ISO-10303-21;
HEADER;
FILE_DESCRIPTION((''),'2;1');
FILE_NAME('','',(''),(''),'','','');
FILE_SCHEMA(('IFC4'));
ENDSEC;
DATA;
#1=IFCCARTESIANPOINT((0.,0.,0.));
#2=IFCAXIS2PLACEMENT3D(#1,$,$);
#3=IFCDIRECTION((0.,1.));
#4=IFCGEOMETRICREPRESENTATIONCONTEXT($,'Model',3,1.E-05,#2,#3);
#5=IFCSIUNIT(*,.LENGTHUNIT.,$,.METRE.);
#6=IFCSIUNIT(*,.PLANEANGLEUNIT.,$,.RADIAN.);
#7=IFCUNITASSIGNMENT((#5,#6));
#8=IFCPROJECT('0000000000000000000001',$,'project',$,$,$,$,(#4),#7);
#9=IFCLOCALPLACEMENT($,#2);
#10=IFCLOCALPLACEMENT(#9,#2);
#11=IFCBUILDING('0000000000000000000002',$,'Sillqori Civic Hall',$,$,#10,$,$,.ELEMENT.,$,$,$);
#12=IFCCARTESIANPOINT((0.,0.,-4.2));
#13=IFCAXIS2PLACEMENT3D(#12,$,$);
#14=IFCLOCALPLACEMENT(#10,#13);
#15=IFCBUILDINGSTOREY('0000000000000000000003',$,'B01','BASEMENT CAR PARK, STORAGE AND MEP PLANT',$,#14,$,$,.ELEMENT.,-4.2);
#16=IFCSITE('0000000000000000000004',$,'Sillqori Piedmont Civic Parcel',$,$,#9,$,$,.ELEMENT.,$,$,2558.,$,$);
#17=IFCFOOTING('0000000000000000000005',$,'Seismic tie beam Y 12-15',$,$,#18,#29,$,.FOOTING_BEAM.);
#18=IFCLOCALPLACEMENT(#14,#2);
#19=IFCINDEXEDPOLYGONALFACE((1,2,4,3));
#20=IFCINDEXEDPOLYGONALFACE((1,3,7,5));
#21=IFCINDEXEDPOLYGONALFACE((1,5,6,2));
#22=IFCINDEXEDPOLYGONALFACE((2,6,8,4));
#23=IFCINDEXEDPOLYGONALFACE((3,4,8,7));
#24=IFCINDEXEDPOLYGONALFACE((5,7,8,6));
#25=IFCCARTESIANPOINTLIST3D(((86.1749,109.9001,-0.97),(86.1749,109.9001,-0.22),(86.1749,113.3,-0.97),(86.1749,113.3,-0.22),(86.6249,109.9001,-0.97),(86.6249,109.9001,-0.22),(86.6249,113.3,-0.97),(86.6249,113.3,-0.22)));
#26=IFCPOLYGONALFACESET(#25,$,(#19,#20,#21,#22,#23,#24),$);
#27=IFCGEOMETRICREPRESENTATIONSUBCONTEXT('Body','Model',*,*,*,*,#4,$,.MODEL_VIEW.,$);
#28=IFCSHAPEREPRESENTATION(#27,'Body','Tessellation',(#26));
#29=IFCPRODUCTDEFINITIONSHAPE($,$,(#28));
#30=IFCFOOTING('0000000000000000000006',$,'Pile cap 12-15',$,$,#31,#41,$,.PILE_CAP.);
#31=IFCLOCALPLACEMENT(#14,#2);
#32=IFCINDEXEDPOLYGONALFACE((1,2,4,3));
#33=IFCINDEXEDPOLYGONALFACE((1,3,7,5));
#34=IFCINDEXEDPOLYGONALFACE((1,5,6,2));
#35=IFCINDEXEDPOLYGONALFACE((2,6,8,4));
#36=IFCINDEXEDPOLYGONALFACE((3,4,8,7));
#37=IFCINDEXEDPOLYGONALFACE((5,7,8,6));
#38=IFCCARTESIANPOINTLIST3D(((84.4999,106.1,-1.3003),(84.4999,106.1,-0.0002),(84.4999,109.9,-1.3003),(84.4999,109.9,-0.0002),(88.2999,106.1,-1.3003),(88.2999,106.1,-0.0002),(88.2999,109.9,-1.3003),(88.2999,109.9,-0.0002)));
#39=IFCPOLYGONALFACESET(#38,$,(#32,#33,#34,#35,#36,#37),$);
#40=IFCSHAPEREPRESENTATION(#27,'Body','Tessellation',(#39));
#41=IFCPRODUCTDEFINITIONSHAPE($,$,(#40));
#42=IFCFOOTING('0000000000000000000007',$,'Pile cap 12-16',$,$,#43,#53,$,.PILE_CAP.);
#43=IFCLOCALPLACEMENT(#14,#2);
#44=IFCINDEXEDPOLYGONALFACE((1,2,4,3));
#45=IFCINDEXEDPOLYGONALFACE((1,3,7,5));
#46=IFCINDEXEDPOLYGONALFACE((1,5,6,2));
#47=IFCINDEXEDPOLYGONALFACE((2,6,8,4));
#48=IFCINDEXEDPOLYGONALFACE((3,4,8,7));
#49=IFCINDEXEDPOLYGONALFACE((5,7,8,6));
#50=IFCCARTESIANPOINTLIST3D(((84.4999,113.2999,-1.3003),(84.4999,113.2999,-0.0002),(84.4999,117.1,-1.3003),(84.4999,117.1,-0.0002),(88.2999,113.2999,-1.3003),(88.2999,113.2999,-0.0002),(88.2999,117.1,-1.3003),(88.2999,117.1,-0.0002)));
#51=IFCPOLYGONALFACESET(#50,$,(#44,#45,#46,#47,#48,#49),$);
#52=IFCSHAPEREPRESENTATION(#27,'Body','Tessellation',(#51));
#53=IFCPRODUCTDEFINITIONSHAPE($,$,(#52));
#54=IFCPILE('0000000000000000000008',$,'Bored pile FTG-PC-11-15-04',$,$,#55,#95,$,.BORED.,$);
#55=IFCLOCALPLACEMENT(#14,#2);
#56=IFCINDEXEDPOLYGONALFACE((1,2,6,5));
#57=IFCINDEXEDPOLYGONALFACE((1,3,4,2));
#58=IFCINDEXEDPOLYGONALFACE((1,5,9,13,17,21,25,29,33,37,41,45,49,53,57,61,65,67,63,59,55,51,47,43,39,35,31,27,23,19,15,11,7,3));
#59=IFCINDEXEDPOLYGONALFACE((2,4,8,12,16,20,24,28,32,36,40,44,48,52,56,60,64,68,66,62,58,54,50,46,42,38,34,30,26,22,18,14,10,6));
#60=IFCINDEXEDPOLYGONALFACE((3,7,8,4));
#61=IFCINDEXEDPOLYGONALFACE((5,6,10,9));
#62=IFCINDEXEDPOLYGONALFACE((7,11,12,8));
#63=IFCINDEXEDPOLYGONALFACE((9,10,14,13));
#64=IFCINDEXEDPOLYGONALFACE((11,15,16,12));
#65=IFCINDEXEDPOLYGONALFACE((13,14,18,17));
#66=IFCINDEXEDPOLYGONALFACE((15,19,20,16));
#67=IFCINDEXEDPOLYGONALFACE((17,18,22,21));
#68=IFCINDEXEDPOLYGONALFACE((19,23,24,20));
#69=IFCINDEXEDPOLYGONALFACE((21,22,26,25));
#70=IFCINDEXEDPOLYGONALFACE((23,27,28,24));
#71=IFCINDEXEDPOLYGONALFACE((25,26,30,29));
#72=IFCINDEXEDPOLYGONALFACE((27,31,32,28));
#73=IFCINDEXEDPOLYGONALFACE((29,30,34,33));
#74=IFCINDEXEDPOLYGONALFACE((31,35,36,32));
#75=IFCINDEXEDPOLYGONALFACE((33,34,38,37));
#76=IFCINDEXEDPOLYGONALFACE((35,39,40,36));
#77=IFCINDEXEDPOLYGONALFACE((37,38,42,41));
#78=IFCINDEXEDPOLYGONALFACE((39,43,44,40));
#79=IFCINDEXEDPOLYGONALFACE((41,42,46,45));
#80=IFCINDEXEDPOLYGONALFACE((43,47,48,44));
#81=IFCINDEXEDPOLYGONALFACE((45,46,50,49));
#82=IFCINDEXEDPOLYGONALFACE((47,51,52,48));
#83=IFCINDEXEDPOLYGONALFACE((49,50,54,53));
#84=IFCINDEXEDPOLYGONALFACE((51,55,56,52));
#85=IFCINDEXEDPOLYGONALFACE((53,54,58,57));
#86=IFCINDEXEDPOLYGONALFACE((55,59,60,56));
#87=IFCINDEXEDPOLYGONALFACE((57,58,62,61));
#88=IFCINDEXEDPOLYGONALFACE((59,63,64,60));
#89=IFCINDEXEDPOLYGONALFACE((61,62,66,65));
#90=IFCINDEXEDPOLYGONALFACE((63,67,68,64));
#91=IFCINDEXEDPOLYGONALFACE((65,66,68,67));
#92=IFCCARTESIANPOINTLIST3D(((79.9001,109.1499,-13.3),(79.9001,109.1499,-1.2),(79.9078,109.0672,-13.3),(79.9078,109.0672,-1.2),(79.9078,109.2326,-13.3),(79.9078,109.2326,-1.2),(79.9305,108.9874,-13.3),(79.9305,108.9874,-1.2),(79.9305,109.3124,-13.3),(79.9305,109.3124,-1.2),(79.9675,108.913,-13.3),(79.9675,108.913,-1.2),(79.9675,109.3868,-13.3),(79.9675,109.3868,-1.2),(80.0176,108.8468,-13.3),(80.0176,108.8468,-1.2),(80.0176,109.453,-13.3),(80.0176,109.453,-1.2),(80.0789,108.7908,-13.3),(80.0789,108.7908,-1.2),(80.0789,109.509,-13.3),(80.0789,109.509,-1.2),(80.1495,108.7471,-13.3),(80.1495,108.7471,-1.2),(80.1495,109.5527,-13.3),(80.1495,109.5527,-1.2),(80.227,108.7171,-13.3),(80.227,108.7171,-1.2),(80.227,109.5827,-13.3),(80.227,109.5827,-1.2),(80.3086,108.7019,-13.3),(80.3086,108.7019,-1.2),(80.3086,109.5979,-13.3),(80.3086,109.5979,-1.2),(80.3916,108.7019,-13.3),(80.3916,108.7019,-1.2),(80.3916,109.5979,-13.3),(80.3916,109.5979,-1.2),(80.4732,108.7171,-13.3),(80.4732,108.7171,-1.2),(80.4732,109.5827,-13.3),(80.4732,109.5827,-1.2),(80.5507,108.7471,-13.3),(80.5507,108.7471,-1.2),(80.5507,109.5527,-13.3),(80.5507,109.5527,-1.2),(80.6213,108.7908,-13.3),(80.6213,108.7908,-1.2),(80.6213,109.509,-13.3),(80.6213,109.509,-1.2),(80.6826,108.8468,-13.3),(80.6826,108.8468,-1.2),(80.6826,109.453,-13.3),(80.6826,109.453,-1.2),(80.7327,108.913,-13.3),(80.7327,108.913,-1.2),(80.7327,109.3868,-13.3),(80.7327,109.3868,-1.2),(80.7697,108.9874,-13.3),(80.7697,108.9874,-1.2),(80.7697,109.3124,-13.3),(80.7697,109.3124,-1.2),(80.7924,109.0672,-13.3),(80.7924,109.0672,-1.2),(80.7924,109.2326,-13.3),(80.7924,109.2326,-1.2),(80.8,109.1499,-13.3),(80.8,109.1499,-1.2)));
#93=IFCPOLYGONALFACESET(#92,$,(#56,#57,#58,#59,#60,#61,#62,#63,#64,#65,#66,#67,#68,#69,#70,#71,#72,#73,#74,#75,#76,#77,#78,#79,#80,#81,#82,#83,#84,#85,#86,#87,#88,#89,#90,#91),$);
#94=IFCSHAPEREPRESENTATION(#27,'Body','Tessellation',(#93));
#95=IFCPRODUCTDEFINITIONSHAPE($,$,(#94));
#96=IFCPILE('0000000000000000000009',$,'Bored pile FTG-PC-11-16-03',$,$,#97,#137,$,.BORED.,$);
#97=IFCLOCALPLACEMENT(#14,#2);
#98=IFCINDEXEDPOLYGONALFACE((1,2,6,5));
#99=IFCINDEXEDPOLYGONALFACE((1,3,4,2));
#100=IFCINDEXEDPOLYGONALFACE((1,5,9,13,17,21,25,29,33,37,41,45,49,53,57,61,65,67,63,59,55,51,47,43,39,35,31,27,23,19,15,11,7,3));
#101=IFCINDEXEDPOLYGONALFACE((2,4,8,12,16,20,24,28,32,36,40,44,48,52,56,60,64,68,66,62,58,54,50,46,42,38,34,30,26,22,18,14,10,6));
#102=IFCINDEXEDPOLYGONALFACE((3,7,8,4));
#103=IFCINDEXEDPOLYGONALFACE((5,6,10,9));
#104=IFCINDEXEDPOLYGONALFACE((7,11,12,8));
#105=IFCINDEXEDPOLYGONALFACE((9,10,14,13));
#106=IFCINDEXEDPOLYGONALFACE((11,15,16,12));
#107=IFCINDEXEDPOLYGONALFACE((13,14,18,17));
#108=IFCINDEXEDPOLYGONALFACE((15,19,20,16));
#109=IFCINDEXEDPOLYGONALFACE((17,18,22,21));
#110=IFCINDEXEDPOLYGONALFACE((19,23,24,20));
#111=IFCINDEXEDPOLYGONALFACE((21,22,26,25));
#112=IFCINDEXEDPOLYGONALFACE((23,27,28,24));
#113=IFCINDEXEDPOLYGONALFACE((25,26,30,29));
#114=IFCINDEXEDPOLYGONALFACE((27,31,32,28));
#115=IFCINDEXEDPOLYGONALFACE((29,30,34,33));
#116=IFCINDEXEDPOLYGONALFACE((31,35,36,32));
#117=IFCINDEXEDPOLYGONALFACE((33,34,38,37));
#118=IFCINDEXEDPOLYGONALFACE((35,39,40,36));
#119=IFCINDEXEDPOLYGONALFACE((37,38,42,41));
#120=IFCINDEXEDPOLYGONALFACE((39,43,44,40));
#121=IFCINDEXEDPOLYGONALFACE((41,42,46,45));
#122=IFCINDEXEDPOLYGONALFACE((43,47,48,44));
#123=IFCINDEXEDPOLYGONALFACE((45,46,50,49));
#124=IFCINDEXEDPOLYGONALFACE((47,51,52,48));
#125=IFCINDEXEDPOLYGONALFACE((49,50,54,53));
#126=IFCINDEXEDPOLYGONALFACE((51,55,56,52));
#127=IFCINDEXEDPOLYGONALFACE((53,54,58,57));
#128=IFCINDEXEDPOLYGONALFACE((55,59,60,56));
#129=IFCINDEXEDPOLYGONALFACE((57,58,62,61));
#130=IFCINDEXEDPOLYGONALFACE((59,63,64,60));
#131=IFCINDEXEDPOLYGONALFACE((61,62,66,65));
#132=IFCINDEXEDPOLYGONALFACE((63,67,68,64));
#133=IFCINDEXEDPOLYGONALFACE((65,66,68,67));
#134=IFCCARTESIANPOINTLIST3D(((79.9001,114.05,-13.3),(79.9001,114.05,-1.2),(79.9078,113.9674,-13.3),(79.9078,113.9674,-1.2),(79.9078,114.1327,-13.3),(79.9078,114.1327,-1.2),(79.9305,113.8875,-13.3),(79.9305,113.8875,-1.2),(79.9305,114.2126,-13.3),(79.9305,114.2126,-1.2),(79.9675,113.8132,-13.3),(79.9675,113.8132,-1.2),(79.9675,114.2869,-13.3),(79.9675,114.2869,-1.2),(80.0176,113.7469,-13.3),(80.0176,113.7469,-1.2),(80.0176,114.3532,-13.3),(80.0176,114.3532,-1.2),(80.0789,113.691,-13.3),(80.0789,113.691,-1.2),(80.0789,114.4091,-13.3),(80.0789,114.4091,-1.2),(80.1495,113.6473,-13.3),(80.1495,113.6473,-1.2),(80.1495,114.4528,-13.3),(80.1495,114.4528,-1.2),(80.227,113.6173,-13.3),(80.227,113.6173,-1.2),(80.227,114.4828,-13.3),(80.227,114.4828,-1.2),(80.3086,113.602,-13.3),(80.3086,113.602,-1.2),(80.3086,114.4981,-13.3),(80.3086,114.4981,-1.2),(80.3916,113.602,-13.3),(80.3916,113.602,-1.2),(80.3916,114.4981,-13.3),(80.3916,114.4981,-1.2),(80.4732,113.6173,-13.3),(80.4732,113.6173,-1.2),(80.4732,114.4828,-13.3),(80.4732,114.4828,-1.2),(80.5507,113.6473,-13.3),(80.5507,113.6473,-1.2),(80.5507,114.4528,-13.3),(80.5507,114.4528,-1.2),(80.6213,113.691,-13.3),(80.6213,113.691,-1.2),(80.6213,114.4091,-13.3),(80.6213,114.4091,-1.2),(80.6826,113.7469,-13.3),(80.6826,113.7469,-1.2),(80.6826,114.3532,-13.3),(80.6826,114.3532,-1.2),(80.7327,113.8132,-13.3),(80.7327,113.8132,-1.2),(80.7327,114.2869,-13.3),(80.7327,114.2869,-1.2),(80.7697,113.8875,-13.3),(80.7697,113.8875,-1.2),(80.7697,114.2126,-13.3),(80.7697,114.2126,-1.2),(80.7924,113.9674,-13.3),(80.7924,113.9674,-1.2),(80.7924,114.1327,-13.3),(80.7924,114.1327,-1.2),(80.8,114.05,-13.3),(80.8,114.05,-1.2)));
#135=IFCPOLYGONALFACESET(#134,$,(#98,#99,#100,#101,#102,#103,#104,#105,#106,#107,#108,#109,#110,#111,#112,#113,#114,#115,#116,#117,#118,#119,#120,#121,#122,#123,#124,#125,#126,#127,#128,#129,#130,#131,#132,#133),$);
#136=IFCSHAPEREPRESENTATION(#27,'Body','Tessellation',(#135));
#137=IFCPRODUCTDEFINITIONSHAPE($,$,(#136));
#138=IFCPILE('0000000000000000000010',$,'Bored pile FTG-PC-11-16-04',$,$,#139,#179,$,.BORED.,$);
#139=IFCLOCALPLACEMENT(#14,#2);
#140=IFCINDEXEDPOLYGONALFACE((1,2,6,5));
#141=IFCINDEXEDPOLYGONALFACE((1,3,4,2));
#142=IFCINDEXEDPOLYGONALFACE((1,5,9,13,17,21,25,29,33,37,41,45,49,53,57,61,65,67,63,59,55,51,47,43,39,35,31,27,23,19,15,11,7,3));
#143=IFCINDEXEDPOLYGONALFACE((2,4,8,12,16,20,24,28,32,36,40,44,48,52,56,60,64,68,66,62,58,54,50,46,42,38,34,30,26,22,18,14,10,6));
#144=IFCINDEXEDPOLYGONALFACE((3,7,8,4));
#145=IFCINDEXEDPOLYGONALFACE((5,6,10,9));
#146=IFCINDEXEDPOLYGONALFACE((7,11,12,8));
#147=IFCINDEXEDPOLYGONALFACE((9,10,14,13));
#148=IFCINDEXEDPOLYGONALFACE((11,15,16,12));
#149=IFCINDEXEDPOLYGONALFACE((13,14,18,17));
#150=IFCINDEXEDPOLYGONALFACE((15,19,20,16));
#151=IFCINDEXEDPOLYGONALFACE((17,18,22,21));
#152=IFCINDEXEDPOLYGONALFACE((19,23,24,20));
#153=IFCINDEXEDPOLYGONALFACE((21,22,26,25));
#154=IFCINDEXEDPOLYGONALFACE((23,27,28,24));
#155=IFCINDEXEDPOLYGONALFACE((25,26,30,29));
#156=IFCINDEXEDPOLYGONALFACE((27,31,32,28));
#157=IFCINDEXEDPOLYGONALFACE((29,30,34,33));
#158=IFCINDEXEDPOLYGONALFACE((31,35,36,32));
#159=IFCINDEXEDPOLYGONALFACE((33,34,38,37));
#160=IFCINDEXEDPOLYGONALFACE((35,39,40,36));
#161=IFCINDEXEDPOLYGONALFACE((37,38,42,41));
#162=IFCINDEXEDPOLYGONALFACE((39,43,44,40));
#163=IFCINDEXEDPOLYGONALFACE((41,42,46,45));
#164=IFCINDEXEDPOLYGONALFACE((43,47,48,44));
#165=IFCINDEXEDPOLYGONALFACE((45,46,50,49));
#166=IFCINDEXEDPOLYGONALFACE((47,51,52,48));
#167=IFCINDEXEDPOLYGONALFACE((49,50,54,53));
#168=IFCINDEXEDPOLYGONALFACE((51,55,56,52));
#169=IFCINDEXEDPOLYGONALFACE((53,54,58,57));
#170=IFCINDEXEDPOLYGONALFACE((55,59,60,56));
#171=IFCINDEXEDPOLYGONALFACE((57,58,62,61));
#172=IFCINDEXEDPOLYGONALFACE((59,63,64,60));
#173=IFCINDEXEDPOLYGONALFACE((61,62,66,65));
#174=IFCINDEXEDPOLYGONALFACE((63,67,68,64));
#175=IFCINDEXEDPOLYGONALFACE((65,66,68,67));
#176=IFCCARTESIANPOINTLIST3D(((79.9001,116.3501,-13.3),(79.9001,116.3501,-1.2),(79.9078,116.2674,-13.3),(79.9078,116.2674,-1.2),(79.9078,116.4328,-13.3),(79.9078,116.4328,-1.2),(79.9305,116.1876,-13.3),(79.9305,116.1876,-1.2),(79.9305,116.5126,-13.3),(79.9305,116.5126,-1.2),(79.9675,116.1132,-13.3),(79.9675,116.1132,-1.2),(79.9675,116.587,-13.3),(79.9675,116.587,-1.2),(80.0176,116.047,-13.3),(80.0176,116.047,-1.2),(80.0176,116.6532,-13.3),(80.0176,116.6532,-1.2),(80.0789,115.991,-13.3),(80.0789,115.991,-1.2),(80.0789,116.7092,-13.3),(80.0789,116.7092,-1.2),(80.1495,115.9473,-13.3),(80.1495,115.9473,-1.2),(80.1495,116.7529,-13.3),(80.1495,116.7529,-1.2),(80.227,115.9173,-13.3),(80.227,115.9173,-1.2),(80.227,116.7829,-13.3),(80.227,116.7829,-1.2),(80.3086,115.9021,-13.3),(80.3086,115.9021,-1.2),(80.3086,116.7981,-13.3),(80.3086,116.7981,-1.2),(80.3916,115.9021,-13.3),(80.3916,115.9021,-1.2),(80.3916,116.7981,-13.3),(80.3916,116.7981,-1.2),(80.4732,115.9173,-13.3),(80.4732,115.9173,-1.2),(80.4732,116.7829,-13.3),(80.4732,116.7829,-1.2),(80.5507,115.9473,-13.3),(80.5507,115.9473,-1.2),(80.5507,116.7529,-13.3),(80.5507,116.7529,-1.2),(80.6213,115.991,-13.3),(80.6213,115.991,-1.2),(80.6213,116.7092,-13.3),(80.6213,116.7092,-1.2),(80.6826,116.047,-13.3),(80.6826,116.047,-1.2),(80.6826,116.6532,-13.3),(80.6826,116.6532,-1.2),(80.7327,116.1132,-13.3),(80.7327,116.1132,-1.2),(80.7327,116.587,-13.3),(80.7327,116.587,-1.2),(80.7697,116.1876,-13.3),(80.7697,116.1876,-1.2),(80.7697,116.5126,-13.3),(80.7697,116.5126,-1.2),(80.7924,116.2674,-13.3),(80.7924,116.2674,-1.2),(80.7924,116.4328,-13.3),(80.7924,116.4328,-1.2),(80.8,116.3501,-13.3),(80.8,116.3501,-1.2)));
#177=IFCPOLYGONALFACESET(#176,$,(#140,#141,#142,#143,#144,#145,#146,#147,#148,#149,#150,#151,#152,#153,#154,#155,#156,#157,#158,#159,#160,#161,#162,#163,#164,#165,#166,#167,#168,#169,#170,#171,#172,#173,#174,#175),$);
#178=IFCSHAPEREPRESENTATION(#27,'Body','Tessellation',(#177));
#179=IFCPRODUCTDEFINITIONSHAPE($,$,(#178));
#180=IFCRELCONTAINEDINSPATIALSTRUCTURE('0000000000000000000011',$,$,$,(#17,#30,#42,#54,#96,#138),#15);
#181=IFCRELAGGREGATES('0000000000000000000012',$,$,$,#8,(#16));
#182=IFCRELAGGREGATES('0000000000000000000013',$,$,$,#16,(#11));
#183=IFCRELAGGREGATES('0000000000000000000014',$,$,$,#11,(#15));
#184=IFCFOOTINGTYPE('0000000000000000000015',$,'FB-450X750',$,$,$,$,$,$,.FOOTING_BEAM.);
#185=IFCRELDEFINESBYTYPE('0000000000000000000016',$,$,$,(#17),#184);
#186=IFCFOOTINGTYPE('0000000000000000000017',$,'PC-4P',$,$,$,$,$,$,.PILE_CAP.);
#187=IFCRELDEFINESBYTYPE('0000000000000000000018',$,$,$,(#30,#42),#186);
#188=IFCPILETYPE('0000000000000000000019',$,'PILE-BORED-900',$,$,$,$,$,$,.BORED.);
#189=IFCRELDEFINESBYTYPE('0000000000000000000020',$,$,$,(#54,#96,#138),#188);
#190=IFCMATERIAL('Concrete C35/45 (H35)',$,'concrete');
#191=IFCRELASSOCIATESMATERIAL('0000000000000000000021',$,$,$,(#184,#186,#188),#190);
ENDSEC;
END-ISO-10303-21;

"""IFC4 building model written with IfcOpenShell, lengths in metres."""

from ifc_helpers import new_model, si_unit, direction, frame, origin, origin_2d, place, context, subcontext, project, spatial, rectangle, circle, extrude, material, material_profile, profile_set, type_object, element, save


model = new_model("IFC4")

# Units and contexts
model_context = context("Model", 3, precision=1e-05, world=origin(), true_north=direction((0.0, 1.0)))
body_context = subcontext(model_context, "Body", "Model", "MODEL_VIEW")
ifc_project = project(units=[si_unit("LENGTHUNIT", "METRE"), si_unit("PLANEANGLEUNIT", "RADIAN")], contexts=[model_context])

# Site, building, storey
site_placement = place(None, origin())
site = spatial("IfcSite", under=ifc_project, at=site_placement, Name="Sillqori Piedmont Civic Parcel", CompositionType="ELEMENT", RefElevation=2558.0)
building_placement = place(site_placement, origin())
building = spatial("IfcBuilding", under=site, at=building_placement, Name="Sillqori Civic Hall", CompositionType="ELEMENT")
storey_placement = place(building_placement, frame((0.0, 0.0, -4.2)))
storey = spatial("IfcBuildingStorey", under=building, at=storey_placement, Name="B01", Description="BASEMENT CAR PARK, STORAGE AND MEP PLANT", CompositionType="ELEMENT", Elevation=-4.2)

# Footings
ifc_material_1 = material(Name="Concrete C35/45 (H35)", Category="concrete")
footing_type_1 = type_object("IfcFootingType", Name="FB-450X750", PredefinedType="FOOTING_BEAM", material=ifc_material_1)
footing_1_placement = place(storey_placement, frame((86.3999, 111.6001, -0.97), z_axis=(0.0, 0.0, 1.0), x_axis=(1.0, 0.0, 0.0)))
element("IfcFooting", 1, at=footing_1_placement, inside=storey, type_object=footing_type_1, Name="Seismic tie beam Y 12-15", PredefinedType="FOOTING_BEAM", context=body_context, shape_type="SweptSolid", body=[
    extrude(rectangle(XDim=0.45, YDim=3.3999, at=origin_2d()), origin(), (0.0, 0.0, 1.0), 0.75),
])
footing_type_2 = type_object("IfcFootingType", Name="PC-4P", PredefinedType="PILE_CAP", material=ifc_material_1)
for number, where, z_axis, x_axis, name in (
    (2, (86.3999, 108.0, -1.3003), (0.0, 0.0, 1.0), (1.0, 0.0, 0.0), "Pile cap 12-15"),
    (3, (86.3999, 115.2, -1.3003), (0.0, 0.0, 1.0), (1.0, 0.0, 0.0), "Pile cap 12-16"),
):
    element("IfcFooting", number, at=place(storey_placement, frame(where, z_axis=z_axis, x_axis=x_axis)), inside=storey, type_object=footing_type_2, Name=name, PredefinedType="PILE_CAP", context=body_context, shape_type="SweptSolid", body=[
        extrude(rectangle(XDim=3.8, YDim=3.8, at=origin_2d()), origin(), (0.0, 0.0, 1.0), 1.3),
    ])

# Piles
ifc_material_profile_1 = material_profile(ifc_material_1, circle(Radius=0.45, at=origin_2d()), Name="BORED PILE 900")
ifc_profile_set_1 = profile_set([ifc_material_profile_1], Name="Concrete C35/45 (H35)")
pile_type = type_object("IfcPileType", Name="PILE-BORED-900", PredefinedType="BORED", material=ifc_profile_set_1)
for number, where, z_axis, x_axis, name in (
    (4, (80.3501, 109.1499, -1.2), (0.0, 0.0, -1.0), (1.0, 0.0, 0.0), "Bored pile FTG-PC-11-15-04"),
    (5, (80.3501, 114.05, -1.2), (0.0, 0.0, -1.0), (1.0, 0.0, 0.0), "Bored pile FTG-PC-11-16-03"),
    (6, (80.3501, 116.3501, -1.2), (0.0, 0.0, -1.0), (1.0, 0.0, 0.0), "Bored pile FTG-PC-11-16-04"),
):
    element("IfcPile", number, at=place(storey_placement, frame(where, z_axis=z_axis, x_axis=x_axis)), inside=storey, type_object=pile_type, Name=name, PredefinedType="BORED", context=body_context, shape_type="SweptSolid", body=[
        extrude(circle(Radius=0.45, at=origin_2d()), origin(), (0.0, 0.0, 1.0), 12.1001),
    ])

save(model, "model.ifc")
